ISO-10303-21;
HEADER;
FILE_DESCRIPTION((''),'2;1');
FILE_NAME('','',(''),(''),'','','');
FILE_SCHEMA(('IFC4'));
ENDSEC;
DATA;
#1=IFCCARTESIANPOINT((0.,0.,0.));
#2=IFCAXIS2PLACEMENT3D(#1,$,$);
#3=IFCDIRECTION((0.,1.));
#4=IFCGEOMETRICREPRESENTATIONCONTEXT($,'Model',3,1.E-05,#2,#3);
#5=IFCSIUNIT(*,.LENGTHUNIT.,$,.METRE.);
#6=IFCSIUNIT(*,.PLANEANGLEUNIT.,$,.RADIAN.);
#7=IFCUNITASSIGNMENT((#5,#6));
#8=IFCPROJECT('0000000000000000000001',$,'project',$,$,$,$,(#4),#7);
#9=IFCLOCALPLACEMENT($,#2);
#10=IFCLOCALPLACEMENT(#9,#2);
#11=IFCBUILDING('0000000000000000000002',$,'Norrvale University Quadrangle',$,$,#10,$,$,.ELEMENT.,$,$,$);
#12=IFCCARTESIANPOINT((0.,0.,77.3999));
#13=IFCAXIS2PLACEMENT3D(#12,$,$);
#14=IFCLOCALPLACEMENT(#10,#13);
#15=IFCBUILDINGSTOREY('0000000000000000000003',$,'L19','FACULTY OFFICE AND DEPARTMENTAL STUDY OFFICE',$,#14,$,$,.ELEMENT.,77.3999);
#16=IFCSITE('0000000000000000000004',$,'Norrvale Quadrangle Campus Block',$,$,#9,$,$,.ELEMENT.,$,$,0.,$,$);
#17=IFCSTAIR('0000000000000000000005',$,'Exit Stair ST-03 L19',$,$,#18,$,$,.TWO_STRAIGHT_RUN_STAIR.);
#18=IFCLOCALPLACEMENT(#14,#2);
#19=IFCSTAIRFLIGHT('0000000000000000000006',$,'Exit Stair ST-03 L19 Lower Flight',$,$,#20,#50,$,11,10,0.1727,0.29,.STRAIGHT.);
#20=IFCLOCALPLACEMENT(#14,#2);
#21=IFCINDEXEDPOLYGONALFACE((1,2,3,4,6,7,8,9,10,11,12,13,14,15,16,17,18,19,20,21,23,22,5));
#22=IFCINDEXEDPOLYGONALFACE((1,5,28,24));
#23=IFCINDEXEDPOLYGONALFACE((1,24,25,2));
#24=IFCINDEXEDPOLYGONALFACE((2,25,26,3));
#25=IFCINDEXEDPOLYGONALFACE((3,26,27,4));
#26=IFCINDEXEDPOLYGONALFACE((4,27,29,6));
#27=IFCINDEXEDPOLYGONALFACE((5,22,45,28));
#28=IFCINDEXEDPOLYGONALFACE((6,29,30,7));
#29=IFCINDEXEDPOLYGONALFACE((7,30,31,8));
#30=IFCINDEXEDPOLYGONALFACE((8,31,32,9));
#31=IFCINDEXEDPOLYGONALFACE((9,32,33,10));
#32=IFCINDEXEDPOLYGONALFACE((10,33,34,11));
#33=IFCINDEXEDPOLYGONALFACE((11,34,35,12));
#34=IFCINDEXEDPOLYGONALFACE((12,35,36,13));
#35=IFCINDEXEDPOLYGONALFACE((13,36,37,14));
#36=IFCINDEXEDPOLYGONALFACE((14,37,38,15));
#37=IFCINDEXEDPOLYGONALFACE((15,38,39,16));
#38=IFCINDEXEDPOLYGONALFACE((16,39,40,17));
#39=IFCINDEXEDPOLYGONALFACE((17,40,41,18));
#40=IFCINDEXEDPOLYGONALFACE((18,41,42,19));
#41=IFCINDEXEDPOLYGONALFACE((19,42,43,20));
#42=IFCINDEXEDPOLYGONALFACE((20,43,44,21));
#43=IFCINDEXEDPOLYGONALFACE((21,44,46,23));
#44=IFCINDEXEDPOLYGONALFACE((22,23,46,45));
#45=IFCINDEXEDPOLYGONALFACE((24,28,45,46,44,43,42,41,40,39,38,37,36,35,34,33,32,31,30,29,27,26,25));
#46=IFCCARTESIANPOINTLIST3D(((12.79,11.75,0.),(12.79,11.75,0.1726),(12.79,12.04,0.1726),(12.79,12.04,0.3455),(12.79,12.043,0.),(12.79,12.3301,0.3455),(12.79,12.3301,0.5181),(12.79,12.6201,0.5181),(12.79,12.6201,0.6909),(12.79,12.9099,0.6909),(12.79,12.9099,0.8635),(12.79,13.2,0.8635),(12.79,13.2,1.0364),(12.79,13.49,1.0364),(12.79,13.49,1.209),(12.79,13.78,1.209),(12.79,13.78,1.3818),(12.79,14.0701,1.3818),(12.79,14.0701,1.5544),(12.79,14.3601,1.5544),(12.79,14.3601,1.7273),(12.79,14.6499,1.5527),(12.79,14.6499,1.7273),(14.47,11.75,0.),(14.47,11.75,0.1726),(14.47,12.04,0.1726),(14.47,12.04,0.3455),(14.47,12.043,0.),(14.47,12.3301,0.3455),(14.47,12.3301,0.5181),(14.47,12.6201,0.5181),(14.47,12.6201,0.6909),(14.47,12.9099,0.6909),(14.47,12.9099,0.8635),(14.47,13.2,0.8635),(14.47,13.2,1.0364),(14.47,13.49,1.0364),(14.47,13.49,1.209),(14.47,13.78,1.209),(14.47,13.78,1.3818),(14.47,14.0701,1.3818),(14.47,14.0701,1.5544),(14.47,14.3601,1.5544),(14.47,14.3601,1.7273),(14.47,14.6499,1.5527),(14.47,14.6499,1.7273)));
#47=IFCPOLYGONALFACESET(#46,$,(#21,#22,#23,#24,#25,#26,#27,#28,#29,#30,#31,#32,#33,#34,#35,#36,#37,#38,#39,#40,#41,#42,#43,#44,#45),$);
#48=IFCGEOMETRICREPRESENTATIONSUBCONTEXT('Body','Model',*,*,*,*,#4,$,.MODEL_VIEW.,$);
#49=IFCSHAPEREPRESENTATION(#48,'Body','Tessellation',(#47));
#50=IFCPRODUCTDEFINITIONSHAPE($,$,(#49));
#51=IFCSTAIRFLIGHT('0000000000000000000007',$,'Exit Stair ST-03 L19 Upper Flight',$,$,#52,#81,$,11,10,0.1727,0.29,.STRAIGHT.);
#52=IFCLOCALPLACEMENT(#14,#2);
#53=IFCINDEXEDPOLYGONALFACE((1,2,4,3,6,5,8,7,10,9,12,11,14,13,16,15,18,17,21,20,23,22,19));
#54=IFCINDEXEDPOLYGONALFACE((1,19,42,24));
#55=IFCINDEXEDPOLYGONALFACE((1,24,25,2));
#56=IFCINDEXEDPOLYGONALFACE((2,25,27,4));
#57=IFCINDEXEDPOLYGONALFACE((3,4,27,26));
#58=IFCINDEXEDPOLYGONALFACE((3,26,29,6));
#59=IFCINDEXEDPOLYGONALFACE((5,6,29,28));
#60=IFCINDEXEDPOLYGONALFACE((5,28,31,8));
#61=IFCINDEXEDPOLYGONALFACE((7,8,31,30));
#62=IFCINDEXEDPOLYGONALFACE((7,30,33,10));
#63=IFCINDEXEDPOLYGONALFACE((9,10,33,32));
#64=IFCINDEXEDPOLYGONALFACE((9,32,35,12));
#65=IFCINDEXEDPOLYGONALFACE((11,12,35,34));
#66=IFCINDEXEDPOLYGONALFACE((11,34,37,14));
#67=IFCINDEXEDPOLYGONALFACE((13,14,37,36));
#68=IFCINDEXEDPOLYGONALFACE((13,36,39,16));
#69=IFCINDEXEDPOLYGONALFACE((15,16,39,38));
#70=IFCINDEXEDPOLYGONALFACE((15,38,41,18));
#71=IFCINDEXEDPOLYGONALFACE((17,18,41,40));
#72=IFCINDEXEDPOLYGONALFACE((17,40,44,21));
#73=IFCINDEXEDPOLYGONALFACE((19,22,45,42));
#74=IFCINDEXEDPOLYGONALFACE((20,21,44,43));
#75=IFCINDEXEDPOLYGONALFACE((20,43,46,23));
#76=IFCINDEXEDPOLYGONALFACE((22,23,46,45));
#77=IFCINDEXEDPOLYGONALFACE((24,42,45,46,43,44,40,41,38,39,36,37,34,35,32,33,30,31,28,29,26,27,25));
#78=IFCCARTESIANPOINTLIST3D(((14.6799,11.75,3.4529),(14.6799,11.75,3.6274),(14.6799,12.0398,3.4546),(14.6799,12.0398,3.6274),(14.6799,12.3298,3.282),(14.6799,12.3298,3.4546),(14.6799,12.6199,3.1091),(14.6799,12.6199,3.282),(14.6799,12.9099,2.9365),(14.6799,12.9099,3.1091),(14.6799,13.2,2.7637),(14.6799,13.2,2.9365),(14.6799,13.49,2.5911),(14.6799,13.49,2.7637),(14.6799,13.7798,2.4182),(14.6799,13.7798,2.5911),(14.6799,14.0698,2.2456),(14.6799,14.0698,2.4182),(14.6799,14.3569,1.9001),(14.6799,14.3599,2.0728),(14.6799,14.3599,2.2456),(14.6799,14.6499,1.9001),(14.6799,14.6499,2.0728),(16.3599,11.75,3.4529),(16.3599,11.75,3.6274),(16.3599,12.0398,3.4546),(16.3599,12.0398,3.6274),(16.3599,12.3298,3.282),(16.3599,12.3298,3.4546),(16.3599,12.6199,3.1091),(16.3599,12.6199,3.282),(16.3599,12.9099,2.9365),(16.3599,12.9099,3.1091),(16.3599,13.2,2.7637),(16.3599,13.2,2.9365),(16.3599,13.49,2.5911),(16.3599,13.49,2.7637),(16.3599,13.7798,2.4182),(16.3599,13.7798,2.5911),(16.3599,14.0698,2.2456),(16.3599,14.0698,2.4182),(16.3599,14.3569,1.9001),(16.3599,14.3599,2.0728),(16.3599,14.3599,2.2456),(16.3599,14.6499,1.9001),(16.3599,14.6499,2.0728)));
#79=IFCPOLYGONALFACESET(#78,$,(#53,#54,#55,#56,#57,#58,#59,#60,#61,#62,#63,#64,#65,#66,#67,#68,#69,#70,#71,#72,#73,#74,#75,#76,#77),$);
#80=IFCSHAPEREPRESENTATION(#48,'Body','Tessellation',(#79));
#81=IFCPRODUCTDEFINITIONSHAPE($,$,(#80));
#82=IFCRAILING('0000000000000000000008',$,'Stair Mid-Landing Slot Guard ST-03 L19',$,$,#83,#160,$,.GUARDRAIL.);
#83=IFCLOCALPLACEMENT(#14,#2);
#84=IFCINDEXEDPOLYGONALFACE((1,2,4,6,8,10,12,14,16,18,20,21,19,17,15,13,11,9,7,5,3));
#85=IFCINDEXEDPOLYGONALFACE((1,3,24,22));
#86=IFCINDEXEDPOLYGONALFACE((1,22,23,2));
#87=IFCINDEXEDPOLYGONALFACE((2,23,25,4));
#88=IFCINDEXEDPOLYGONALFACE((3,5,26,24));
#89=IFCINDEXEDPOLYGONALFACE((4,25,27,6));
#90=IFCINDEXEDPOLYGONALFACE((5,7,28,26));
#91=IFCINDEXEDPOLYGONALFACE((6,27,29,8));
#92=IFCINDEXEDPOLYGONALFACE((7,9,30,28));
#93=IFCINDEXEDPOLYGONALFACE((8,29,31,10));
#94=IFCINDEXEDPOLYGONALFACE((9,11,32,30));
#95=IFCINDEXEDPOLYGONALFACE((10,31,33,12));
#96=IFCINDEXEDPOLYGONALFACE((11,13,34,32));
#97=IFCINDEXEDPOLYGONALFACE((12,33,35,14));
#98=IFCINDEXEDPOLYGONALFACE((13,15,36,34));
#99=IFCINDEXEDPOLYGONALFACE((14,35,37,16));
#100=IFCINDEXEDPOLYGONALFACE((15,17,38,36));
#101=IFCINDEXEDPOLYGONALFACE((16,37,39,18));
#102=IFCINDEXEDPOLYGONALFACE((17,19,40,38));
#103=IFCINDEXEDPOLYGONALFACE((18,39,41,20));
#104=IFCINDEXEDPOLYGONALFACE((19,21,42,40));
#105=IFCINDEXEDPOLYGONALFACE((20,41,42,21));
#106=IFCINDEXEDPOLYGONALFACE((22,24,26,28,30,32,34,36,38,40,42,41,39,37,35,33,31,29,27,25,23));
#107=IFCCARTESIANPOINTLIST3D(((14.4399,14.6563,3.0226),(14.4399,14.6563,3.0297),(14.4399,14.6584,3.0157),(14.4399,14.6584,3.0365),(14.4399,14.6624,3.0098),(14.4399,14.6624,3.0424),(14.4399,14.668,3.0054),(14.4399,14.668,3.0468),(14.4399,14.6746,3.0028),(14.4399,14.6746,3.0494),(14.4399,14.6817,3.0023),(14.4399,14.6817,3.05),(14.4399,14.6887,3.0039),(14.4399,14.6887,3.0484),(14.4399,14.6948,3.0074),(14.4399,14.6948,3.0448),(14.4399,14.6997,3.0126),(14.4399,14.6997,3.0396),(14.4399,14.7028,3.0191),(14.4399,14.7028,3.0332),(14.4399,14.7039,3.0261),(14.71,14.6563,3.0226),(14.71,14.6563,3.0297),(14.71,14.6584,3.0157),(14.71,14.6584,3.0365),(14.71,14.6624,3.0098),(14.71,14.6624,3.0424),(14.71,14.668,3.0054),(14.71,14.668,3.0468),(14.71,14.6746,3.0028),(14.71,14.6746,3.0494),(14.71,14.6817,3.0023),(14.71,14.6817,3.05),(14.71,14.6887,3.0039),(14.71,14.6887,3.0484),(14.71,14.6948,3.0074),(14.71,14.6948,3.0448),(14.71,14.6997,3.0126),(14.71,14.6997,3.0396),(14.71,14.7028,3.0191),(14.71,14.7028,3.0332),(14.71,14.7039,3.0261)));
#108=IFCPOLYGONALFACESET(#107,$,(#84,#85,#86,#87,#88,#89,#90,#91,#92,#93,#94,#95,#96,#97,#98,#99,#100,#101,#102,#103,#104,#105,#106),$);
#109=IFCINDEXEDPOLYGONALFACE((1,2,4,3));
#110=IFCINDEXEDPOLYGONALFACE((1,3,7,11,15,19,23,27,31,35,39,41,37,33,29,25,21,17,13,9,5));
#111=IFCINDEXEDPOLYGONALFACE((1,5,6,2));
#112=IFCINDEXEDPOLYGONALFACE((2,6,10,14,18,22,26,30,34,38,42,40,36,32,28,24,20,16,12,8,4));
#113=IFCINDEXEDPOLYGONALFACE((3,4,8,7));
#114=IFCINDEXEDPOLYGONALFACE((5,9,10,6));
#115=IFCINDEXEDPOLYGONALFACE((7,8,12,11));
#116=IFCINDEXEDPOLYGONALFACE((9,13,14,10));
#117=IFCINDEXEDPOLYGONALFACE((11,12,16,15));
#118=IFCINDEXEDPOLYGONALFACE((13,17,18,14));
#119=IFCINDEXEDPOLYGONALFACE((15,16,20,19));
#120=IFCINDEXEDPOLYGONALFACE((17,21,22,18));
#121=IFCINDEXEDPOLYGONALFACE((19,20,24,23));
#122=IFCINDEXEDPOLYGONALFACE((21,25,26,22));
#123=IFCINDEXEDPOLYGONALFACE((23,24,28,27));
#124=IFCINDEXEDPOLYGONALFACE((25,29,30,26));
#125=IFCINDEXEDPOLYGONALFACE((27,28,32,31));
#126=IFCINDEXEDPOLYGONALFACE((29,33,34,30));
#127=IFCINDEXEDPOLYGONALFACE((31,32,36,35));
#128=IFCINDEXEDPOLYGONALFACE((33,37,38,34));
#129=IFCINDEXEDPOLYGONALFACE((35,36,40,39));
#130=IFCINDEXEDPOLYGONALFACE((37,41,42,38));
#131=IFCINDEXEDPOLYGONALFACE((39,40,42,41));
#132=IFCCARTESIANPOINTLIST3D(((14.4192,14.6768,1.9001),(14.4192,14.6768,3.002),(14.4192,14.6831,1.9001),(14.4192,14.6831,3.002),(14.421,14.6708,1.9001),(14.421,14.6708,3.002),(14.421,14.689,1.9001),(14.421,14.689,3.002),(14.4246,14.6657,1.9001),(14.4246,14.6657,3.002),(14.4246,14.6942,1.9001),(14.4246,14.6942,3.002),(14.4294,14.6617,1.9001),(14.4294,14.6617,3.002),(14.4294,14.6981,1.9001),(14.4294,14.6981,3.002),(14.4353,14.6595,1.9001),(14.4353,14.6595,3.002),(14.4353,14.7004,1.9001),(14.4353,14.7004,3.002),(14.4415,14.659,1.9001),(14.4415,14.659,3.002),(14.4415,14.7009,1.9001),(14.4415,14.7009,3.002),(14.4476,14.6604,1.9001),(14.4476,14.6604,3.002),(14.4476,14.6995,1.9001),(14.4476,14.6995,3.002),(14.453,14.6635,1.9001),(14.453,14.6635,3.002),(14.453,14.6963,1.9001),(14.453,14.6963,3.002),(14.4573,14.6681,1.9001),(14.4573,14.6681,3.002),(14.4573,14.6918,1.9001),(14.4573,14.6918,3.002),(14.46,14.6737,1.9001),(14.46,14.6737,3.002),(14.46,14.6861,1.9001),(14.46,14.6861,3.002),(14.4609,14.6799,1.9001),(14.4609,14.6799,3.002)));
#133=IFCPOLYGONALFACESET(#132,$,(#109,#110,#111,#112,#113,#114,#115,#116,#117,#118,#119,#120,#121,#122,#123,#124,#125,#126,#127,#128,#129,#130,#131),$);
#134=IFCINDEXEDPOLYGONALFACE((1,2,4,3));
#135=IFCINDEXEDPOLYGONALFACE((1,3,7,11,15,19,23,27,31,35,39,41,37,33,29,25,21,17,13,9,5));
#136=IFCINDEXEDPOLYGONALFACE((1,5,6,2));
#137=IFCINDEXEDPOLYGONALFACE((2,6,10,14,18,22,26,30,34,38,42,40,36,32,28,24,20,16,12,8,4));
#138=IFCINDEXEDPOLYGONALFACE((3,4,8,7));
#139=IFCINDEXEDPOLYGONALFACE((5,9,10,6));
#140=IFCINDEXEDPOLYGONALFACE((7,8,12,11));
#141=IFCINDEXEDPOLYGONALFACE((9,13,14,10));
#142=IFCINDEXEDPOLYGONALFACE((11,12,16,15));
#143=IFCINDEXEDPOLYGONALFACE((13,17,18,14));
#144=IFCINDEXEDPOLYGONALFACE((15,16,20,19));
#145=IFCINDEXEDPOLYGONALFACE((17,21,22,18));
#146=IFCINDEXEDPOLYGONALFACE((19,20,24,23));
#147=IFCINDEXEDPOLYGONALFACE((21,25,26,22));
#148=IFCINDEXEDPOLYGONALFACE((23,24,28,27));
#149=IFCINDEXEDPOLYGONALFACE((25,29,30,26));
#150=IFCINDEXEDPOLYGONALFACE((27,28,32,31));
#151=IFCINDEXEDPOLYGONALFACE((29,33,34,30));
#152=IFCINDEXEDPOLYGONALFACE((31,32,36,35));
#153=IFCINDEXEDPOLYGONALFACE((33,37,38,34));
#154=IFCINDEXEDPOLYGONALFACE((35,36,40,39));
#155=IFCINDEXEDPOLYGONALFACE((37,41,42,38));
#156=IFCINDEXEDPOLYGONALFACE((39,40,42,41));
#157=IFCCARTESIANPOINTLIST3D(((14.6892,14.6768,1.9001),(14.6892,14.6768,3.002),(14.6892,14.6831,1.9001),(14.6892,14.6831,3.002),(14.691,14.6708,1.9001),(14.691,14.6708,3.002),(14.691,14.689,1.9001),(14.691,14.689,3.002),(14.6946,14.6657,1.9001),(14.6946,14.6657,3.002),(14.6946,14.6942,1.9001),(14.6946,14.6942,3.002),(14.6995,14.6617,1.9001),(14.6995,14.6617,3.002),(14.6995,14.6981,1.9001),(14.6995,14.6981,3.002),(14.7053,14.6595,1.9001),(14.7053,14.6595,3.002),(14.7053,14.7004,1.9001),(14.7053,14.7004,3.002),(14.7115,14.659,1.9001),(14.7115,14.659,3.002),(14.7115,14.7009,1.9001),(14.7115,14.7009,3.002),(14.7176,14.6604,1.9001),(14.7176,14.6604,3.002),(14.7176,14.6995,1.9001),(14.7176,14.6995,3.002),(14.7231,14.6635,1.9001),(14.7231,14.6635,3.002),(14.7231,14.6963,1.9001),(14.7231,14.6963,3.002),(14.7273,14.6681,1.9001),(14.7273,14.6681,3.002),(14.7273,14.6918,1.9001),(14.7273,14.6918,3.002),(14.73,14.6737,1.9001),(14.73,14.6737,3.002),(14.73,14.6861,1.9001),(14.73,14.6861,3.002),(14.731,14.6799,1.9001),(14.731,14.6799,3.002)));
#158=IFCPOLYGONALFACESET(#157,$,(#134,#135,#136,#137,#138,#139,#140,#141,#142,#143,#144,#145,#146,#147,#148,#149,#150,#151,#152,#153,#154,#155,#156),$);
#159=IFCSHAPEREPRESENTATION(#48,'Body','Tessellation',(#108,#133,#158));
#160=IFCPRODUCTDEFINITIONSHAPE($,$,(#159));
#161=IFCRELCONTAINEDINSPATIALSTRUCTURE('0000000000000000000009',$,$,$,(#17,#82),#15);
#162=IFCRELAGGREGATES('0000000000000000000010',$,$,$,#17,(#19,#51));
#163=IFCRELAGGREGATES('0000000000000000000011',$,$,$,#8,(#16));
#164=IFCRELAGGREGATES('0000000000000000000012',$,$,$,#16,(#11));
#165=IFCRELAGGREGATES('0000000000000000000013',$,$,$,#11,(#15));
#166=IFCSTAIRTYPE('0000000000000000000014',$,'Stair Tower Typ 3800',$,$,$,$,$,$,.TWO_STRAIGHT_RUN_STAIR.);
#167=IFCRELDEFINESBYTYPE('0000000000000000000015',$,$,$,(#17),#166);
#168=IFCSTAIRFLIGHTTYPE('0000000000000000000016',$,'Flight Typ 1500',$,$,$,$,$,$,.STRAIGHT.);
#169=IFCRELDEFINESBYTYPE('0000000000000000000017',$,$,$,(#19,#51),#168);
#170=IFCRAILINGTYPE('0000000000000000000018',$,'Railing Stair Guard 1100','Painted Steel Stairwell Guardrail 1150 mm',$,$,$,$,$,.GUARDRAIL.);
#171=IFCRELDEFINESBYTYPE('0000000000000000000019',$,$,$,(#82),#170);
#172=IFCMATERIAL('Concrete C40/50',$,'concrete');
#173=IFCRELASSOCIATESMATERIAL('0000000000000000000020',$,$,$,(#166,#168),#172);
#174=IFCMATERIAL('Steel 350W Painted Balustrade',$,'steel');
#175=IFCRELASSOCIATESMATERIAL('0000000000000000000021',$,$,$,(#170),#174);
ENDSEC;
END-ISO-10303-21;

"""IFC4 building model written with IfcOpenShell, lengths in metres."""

from ifc_helpers import new_model, si_unit, direction, frame, origin, origin_2d, place, context, subcontext, project, spatial, polyline, circle, outline, extrude, material, type_object, element, aggregate, save


model = new_model("IFC4")

# Units and contexts
model_context = context("Model", 3, precision=1e-05, world=origin(), true_north=direction((0.0, 1.0)))
body_context = subcontext(model_context, "Body", "Model", "MODEL_VIEW")
ifc_project = project(units=[si_unit("LENGTHUNIT", "METRE"), si_unit("PLANEANGLEUNIT", "RADIAN")], contexts=[model_context])

# Site, building, storey
site_placement = place(None, origin())
site = spatial("IfcSite", under=ifc_project, at=site_placement, Name="Norrvale Quadrangle Campus Block", CompositionType="ELEMENT", RefElevation=0.0)
building_placement = place(site_placement, origin())
building = spatial("IfcBuilding", under=site, at=building_placement, Name="Norrvale University Quadrangle", CompositionType="ELEMENT")
storey_placement = place(building_placement, frame((0.0, 0.0, 77.3999)))
storey = spatial("IfcBuildingStorey", under=building, at=storey_placement, Name="L19", Description="FACULTY OFFICE AND DEPARTMENTAL STUDY OFFICE", CompositionType="ELEMENT", Elevation=77.3999)

# Stair, stair flights
ifc_material_1 = material(Name="Concrete C40/50", Category="concrete")
stair_type = type_object("IfcStairType", Name="Stair Tower Typ 3800", PredefinedType="TWO_STRAIGHT_RUN_STAIR", material=ifc_material_1)
stair_placement = place(storey_placement, origin())
stair = element("IfcStair", 1, at=stair_placement, inside=storey, type_object=stair_type, Name="Exit Stair ST-03 L19", PredefinedType="TWO_STRAIGHT_RUN_STAIR")
stair_flight_type = type_object("IfcStairFlightType", Name="Flight Typ 1500", PredefinedType="STRAIGHT", material=ifc_material_1)
stair_flight_1_placement = place(storey_placement, frame((13.6299, 11.75, 0.0), z_axis=(0.0, 0.0, 1.0), x_axis=(0.0, 1.0, 0.0)))
stair_flight_1 = element("IfcStairFlight", 2, at=stair_flight_1_placement, type_object=stair_flight_type, Name="Exit Stair ST-03 L19 Lower Flight", NumberOfRisers=11, NumberOfTreads=10, PredefinedType="STRAIGHT", RiserHeight=0.1727, TreadLength=0.29, context=body_context, shape_type="SweptSolid", body=[
    extrude(outline(polyline([(0.0, 0.0), (0.0, 0.1726), (0.29, 0.1726), (0.29, 0.3455), (0.5801, 0.3455), (0.5801, 0.5181), (0.8701, 0.5181), (0.8701, 0.6909), (1.1599, 0.6909), (1.1599, 0.8635), (1.45, 0.8635), (1.45, 1.0364), (1.74, 1.0364), (1.74, 1.209), (2.03, 1.209), (2.03, 1.3818), (2.3201, 1.3818), (2.3201, 1.5544), (2.6101, 1.5544), (2.6101, 1.7273), (2.8999, 1.7273), (2.8999, 1.8999), (2.8999, 1.5527), (0.293, 0.0), (0.0, 0.0)])), frame((0.0, 0.8398, 0.0), z_axis=(0.0, -1.0, 0.0), x_axis=(1.0, 0.0, 0.0)), (0.0, 0.0, 1.0), 1.6799),
])
stair_flight_2_placement = place(storey_placement, frame((15.52, 14.6499, 1.9001), z_axis=(0.0, 0.0, 1.0), x_axis=(0.0, -1.0, 0.0)))
stair_flight_2 = element("IfcStairFlight", 3, at=stair_flight_2_placement, type_object=stair_flight_type, Name="Exit Stair ST-03 L19 Upper Flight", NumberOfRisers=11, NumberOfTreads=10, PredefinedType="STRAIGHT", RiserHeight=0.1727, TreadLength=0.29, context=body_context, shape_type="SweptSolid", body=[
    extrude(outline(polyline([(0.0, 0.0), (0.0, 0.1726), (0.29, 0.1726), (0.29, 0.3455), (0.5801, 0.3455), (0.5801, 0.5181), (0.8701, 0.5181), (0.8701, 0.6909), (1.1599, 0.6909), (1.1599, 0.8635), (1.45, 0.8635), (1.45, 1.0364), (1.74, 1.0364), (1.74, 1.209), (2.03, 1.209), (2.03, 1.3818), (2.3201, 1.3818), (2.3201, 1.5544), (2.6101, 1.5544), (2.6101, 1.7273), (2.8999, 1.7273), (2.8999, 1.8999), (2.8999, 1.5527), (0.293, 0.0), (0.0, 0.0)])), frame((0.0, 0.8398, 0.0), z_axis=(0.0, -1.0, 0.0), x_axis=(1.0, 0.0, 0.0)), (0.0, 0.0, 1.0), 1.6799),
])
aggregate(stair, [stair_flight_1, stair_flight_2])

# Railing
ifc_material_2 = material(Name="Steel 350W Painted Balustrade", Category="steel")
railing_type_1 = type_object("IfcRailingType", Name="Railing Stair Guard 1100", Description="Painted Steel Stairwell Guardrail 1150 mm", PredefinedType="GUARDRAIL", material=ifc_material_2)
railing_1_placement = place(storey_placement, frame((14.4399, 14.6799, 1.9001)))
element("IfcRailing", 4, at=railing_1_placement, inside=storey, type_object=railing_type_1, Name="Stair Mid-Landing Slot Guard ST-03 L19", PredefinedType="GUARDRAIL", context=body_context, shape_type="SweptSolid", body=[
    extrude(circle(Radius=0.0239, at=origin_2d()), frame((0.0, 0.0, 1.126), z_axis=(1.0, 0.0, 0.0), x_axis=(0.0, 1.0, 0.0)), (0.0, 0.0, 1.0), 0.27),
    extrude(circle(Radius=0.021, at=origin_2d()), origin(), (0.0, 0.0, 1.0), 1.1018),
    extrude(circle(Radius=0.021, at=origin_2d()), frame((0.27, 0.0, 0.0)), (0.0, 0.0, 1.0), 1.1018),
])

save(model, "model.ifc")
